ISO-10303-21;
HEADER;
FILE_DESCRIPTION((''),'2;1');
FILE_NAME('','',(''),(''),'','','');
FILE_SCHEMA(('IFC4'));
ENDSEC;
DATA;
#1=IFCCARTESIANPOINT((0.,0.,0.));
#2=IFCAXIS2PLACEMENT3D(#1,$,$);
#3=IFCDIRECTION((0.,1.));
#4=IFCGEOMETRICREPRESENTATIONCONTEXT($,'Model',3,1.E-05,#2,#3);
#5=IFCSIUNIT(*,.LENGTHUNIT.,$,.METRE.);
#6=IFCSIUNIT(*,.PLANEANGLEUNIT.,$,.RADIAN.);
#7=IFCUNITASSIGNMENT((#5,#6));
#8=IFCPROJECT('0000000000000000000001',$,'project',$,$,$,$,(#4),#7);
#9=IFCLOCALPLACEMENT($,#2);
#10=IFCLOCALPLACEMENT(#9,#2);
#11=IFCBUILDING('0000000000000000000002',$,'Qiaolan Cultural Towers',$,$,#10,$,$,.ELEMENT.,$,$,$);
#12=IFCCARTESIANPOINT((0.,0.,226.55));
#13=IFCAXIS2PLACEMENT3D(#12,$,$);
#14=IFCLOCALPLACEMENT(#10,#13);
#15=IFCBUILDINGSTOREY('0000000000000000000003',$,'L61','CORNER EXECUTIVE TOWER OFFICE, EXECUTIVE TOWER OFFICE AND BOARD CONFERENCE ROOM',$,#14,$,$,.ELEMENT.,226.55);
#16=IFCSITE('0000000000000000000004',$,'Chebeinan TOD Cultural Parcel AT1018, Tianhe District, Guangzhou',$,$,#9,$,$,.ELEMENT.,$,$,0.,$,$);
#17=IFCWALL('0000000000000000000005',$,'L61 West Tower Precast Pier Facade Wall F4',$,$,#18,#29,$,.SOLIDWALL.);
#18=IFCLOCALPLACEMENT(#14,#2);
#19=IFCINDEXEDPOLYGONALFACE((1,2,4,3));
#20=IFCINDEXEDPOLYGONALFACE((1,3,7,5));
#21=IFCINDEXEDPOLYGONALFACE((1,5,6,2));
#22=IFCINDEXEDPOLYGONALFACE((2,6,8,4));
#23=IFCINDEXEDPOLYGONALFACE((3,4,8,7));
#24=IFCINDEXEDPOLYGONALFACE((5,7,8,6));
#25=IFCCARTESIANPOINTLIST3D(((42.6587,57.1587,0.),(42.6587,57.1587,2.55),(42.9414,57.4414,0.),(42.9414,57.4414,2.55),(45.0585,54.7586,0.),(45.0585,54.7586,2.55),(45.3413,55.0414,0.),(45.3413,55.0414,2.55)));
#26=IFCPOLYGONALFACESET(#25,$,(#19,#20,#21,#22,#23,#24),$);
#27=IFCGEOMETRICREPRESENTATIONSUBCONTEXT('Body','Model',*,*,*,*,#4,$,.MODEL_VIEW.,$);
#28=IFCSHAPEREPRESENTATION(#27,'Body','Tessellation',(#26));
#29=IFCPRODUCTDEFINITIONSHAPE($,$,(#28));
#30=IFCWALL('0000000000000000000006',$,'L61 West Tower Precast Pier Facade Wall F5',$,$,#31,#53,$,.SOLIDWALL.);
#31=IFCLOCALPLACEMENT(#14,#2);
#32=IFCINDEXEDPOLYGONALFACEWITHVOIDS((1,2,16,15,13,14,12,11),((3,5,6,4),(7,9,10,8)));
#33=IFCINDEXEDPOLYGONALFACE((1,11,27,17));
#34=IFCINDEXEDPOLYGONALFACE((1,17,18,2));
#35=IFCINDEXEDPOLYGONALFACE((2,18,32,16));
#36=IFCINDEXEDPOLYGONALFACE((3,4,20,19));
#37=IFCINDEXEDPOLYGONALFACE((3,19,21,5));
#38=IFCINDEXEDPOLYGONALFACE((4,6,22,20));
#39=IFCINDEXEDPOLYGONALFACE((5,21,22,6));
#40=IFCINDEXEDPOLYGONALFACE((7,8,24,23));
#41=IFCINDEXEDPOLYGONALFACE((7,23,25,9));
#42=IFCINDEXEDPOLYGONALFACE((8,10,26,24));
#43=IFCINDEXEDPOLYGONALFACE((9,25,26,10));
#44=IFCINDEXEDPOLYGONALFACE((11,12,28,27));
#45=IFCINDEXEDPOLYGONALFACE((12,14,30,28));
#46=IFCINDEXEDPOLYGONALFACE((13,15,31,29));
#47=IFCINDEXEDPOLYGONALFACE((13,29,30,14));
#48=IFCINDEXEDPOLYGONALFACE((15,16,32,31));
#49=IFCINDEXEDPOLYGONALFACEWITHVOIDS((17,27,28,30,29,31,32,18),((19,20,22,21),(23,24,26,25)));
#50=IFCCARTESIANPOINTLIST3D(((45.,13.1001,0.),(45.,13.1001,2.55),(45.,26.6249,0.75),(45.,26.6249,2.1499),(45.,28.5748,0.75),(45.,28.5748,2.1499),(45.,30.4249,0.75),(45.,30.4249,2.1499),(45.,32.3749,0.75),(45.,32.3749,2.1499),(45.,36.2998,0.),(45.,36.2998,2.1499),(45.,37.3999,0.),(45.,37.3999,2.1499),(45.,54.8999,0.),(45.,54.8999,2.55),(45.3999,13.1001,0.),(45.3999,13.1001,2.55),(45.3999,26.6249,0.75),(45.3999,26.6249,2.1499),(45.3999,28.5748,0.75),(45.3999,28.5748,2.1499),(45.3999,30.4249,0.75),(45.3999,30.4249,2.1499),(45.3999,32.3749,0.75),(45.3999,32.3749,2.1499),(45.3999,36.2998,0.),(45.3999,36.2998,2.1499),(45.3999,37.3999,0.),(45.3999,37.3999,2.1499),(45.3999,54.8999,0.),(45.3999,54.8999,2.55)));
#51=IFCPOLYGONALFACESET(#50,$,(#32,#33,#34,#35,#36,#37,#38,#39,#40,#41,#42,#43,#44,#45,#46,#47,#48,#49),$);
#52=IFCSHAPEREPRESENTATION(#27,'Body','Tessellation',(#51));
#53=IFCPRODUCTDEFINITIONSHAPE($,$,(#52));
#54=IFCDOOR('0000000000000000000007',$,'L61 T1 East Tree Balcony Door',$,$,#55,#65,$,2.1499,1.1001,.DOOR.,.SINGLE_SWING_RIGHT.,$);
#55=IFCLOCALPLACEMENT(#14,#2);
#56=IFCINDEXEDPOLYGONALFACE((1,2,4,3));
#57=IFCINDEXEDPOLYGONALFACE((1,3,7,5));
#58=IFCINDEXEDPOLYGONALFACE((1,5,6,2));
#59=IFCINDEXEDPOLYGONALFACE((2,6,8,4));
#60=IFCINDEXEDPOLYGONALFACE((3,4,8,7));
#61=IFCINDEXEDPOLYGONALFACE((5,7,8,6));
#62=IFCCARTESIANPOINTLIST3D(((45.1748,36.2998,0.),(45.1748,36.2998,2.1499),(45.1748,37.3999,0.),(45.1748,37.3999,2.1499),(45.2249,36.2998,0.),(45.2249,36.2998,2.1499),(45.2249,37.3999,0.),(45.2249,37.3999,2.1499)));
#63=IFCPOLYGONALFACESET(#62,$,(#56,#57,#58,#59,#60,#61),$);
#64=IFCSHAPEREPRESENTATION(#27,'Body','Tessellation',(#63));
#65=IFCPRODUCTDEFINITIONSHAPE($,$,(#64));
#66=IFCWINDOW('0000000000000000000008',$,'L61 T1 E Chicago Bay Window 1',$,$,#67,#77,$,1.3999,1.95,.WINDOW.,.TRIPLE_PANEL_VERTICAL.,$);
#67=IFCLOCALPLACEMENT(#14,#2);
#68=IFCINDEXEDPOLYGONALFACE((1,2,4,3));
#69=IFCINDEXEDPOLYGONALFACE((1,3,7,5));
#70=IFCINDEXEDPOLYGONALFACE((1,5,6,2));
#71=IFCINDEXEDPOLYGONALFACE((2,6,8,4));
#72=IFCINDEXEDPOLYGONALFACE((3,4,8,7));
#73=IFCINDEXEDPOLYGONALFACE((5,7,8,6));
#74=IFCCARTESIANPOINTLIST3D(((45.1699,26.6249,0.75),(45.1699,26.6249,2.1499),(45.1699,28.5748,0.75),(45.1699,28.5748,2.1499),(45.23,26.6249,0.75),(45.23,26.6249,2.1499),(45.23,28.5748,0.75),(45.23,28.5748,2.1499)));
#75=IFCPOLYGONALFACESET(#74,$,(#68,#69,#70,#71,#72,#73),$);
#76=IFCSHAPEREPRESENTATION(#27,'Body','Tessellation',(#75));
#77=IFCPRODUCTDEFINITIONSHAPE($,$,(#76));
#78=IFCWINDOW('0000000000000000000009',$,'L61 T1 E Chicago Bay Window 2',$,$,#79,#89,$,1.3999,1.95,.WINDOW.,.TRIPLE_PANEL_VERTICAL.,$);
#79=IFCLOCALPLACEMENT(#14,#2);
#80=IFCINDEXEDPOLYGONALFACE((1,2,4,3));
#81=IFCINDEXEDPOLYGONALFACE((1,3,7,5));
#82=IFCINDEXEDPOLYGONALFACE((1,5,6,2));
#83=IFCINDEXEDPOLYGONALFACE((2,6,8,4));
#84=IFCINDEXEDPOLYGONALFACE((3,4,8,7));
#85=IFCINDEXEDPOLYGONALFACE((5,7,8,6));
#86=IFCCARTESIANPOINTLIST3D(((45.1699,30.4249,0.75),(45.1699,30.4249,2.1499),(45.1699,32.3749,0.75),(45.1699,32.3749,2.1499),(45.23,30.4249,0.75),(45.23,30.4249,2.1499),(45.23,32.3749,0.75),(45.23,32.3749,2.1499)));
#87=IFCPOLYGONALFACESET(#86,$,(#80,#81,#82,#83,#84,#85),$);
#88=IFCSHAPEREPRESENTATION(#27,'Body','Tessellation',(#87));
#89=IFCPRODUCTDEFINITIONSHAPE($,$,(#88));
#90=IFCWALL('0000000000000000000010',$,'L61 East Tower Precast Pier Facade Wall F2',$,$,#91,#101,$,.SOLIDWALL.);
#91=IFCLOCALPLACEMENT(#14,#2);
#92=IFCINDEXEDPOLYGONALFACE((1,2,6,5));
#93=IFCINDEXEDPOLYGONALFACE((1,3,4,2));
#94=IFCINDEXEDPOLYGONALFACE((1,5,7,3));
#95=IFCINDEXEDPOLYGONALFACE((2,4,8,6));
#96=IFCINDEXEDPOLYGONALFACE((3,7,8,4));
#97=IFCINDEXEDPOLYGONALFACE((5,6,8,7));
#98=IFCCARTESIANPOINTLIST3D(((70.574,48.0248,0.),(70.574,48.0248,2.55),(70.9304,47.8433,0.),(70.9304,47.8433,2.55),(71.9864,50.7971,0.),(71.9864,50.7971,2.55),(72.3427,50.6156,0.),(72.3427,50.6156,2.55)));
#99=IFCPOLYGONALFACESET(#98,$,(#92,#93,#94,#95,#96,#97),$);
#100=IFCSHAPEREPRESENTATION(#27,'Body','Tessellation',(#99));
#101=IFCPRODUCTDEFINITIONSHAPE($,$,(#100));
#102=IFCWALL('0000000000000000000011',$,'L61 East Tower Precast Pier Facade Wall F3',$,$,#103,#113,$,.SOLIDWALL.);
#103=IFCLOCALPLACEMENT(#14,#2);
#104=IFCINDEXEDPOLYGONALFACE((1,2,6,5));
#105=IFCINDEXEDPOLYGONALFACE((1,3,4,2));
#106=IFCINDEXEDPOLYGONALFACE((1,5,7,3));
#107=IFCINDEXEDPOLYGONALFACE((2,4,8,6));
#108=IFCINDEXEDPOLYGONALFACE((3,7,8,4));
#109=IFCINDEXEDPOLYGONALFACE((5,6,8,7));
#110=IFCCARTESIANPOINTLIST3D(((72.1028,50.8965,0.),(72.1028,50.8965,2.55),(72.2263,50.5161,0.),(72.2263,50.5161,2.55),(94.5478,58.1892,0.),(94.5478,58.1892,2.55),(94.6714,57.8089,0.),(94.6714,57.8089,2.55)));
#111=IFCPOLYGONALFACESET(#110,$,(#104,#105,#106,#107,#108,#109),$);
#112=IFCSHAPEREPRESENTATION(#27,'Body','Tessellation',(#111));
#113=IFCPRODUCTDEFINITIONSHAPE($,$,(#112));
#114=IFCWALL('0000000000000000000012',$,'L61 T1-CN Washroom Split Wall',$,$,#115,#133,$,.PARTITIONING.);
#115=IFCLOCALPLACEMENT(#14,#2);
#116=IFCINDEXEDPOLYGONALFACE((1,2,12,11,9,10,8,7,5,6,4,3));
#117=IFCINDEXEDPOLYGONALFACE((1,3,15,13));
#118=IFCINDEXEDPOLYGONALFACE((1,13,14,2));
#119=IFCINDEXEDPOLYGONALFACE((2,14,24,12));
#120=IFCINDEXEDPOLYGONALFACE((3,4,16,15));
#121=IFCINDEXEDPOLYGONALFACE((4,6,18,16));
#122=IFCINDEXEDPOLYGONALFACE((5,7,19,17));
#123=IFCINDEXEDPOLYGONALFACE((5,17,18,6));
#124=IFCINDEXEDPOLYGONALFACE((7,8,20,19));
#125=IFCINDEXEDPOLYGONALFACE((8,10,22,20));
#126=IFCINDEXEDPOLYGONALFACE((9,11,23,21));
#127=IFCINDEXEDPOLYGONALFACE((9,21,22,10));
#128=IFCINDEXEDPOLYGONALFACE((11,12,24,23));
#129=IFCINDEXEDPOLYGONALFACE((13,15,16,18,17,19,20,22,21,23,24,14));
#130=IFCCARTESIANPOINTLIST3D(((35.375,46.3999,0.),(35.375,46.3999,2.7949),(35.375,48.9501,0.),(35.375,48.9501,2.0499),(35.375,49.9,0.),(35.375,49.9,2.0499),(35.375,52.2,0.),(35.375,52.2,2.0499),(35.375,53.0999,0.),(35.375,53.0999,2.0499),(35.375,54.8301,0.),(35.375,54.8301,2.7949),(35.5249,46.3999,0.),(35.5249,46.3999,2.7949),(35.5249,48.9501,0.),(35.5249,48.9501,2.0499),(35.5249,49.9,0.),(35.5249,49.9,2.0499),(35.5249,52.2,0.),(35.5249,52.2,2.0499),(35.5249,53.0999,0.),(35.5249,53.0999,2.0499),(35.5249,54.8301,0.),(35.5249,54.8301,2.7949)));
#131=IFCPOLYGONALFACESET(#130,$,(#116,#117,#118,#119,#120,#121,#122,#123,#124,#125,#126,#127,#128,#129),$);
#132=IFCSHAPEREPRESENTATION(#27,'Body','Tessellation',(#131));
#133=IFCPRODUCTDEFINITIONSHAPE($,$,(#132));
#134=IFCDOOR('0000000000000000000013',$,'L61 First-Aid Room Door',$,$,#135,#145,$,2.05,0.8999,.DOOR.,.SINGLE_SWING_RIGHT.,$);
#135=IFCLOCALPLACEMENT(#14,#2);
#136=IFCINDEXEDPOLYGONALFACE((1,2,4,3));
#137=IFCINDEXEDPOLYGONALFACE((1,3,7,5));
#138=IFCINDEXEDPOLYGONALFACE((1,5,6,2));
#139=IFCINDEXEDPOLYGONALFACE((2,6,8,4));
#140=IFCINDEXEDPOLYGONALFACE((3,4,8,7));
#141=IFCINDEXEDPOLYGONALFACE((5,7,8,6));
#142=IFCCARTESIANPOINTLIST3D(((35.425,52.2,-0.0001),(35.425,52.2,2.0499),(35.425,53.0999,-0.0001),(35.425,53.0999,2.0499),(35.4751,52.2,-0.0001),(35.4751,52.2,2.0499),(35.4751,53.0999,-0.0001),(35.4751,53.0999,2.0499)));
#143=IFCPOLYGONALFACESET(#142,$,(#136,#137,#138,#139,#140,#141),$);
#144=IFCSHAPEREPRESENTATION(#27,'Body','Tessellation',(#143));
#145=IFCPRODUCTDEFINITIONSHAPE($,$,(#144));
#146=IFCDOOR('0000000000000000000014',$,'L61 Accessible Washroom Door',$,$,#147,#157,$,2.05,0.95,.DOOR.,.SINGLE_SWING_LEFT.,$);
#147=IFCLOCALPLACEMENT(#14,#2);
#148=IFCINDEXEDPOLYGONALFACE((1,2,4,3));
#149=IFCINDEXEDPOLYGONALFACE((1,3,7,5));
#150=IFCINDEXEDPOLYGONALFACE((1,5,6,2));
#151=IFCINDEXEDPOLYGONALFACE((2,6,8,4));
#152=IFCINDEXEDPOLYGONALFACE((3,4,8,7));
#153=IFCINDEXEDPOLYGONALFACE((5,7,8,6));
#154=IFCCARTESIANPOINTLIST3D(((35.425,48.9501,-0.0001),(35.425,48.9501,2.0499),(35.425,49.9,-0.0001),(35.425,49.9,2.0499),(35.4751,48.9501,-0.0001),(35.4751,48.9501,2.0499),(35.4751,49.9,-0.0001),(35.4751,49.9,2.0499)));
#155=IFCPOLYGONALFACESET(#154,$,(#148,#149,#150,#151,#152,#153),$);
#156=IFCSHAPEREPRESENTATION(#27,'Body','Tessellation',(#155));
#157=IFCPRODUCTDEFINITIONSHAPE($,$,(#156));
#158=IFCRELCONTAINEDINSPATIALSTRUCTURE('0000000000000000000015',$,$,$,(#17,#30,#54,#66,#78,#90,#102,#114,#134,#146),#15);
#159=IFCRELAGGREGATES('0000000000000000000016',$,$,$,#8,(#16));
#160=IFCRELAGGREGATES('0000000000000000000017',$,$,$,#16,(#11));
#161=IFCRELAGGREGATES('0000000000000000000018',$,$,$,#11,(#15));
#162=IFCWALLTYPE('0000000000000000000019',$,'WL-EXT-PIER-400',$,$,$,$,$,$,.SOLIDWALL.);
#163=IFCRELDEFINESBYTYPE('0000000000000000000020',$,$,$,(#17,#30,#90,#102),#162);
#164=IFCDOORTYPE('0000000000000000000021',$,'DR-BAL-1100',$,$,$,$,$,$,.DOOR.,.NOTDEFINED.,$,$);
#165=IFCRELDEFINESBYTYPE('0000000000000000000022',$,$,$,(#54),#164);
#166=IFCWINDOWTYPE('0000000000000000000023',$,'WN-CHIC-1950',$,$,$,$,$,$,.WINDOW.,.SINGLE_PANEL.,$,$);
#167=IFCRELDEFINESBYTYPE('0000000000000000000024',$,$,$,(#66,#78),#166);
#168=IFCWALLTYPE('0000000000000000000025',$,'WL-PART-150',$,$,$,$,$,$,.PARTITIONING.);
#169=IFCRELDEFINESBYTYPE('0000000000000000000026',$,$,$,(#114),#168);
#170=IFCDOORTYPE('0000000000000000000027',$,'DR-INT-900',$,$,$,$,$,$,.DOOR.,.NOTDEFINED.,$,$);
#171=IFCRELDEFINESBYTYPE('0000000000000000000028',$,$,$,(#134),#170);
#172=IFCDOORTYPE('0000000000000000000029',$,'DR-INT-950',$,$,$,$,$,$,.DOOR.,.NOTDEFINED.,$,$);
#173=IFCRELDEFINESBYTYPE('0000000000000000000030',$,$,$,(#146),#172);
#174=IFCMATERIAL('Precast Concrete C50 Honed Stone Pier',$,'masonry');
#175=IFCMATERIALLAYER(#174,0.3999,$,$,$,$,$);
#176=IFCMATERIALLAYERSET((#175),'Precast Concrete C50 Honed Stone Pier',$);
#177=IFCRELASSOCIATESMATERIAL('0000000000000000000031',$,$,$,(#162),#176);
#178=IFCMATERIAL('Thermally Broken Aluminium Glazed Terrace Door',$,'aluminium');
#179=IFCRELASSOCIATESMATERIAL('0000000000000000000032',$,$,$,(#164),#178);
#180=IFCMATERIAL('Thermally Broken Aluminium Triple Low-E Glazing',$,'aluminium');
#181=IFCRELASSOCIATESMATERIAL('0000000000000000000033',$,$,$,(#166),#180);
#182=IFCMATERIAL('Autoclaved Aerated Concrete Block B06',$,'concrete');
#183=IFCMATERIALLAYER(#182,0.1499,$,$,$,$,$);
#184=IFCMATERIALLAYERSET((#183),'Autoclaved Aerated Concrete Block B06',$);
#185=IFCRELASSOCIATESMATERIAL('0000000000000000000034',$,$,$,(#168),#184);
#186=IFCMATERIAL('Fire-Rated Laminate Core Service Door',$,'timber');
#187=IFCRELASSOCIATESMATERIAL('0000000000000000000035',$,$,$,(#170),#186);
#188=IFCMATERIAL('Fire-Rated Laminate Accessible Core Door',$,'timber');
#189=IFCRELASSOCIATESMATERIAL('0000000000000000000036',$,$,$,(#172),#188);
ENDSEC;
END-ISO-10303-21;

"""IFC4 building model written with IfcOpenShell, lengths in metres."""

from ifc_helpers import new_model, si_unit, direction, frame, frame_2d, origin, place, context, subcontext, project, spatial, rectangle, extrude, material, layer, layer_set, type_object, element, fill, save


model = new_model("IFC4")

# Units and contexts
model_context = context("Model", 3, precision=1e-05, world=origin(), true_north=direction((0.0, 1.0)))
body_context = subcontext(model_context, "Body", "Model", "MODEL_VIEW")
ifc_project = project(units=[si_unit("LENGTHUNIT", "METRE"), si_unit("PLANEANGLEUNIT", "RADIAN")], contexts=[model_context])

# Site, building, storey
site_placement = place(None, origin())
site = spatial("IfcSite", under=ifc_project, at=site_placement, Name="Chebeinan TOD Cultural Parcel AT1018, Tianhe District, Guangzhou", CompositionType="ELEMENT", RefElevation=0.0)
building_placement = place(site_placement, origin())
building = spatial("IfcBuilding", under=site, at=building_placement, Name="Qiaolan Cultural Towers", CompositionType="ELEMENT")
storey_placement = place(building_placement, frame((0.0, 0.0, 226.55)))
storey = spatial("IfcBuildingStorey", under=building, at=storey_placement, Name="L61", Description="CORNER EXECUTIVE TOWER OFFICE, EXECUTIVE TOWER OFFICE AND BOARD CONFERENCE ROOM", CompositionType="ELEMENT", Elevation=226.55)

# Wall
ifc_material_1 = material(Name="Precast Concrete C50 Honed Stone Pier", Category="masonry")
ifc_layer_1 = layer(ifc_material_1, 0.3999)
ifc_layer_set_1 = layer_set([ifc_layer_1], Name="Precast Concrete C50 Honed Stone Pier")
wall_type_1 = type_object("IfcWallType", Name="WL-EXT-PIER-400", PredefinedType="SOLIDWALL", material=ifc_layer_set_1)
wall_1_placement = place(storey_placement, frame((42.8, 57.3, 0.0), z_axis=(0.0, 0.0, 1.0), x_axis=(0.707071, -0.707143, 0.0)))
element("IfcWall", 1, at=wall_1_placement, inside=storey, type_object=wall_type_1, Name="L61 West Tower Precast Pier Facade Wall F4", PredefinedType="SOLIDWALL", context=body_context, shape_type="SweptSolid", body=[
    extrude(rectangle(XDim=3.394, YDim=0.3999, at=frame_2d((1.697, 0.0))), origin(), (0.0, 0.0, 1.0), 2.55),
])

# Wall, openings, door, windows
wall_2_placement = place(storey_placement, frame((45.2, 54.8999, 0.0), z_axis=(0.0, 0.0, 1.0), x_axis=(0.0, -1.0, 0.0)))
wall_2 = element("IfcWall", 2, at=wall_2_placement, inside=storey, type_object=wall_type_1, Name="L61 West Tower Precast Pier Facade Wall F5", PredefinedType="SOLIDWALL", context=body_context, shape_type="SweptSolid", body=[
    extrude(rectangle(XDim=41.7998, YDim=0.3999, at=frame_2d((20.8999, 0.0))), origin(), (0.0, 0.0, 1.0), 2.55),
])
opening_1_placement = place(wall_2_placement, frame((26.325, 0.0, 0.75)))
opening_1 = element("IfcOpeningElement", 3, at=opening_1_placement, cuts=wall_2, PredefinedType="OPENING", context=body_context, shape_type="SweptSolid", body=[
    extrude(rectangle(XDim=1.95, YDim=1.3999, at=frame_2d((0.9751, 0.7))), frame((0.0, 0.21, 0.0), z_axis=(0.0, -1.0, 0.0), x_axis=(1.0, 0.0, 0.0)), (0.0, 0.0, 1.0), 0.4199),
])
opening_2_placement = place(wall_2_placement, frame((22.5249, 0.0, 0.75)))
opening_2 = element("IfcOpeningElement", 4, at=opening_2_placement, cuts=wall_2, PredefinedType="OPENING", context=body_context, shape_type="SweptSolid", body=[
    extrude(rectangle(XDim=1.95, YDim=1.3999, at=frame_2d((0.9751, 0.7))), frame((0.0, 0.21, 0.0), z_axis=(0.0, -1.0, 0.0), x_axis=(1.0, 0.0, 0.0)), (0.0, 0.0, 1.0), 0.4199),
])
opening_3_placement = place(wall_2_placement, frame((17.5, 0.0, 0.0)))
opening_3 = element("IfcOpeningElement", 5, at=opening_3_placement, cuts=wall_2, PredefinedType="OPENING", context=body_context, shape_type="SweptSolid", body=[
    extrude(rectangle(XDim=1.1001, YDim=2.1499, at=frame_2d((0.55, 1.075))), frame((0.0, 0.21, 0.0), z_axis=(0.0, -1.0, 0.0), x_axis=(1.0, 0.0, 0.0)), (0.0, 0.0, 1.0), 0.4199),
])
ifc_material_2 = material(Name="Thermally Broken Aluminium Glazed Terrace Door", Category="aluminium")
door_type_1 = type_object("IfcDoorType", Name="DR-BAL-1100", OperationType="NOTDEFINED", PredefinedType="DOOR", material=ifc_material_2)
door_1_placement = place(opening_3_placement, origin())
door_1 = element("IfcDoor", 6, at=door_1_placement, inside=storey, type_object=door_type_1, Name="L61 T1 East Tree Balcony Door", OperationType="SINGLE_SWING_RIGHT", OverallHeight=2.1499, OverallWidth=1.1001, PredefinedType="DOOR", context=body_context, shape_type="SweptSolid", body=[
    extrude(rectangle(XDim=1.1001, YDim=2.1499, at=frame_2d((0.55, 1.075))), frame((0.0, 0.0249, 0.0), z_axis=(0.0, -1.0, 0.0), x_axis=(1.0, 0.0, 0.0)), (0.0, 0.0, 1.0), 0.05),
])
fill(opening_3, door_1)
ifc_material_3 = material(Name="Thermally Broken Aluminium Triple Low-E Glazing", Category="aluminium")
window_type = type_object("IfcWindowType", Name="WN-CHIC-1950", PartitioningType="SINGLE_PANEL", PredefinedType="WINDOW", material=ifc_material_3)
window_1_placement = place(opening_1_placement, origin())
window_1 = element("IfcWindow", 7, at=window_1_placement, inside=storey, type_object=window_type, Name="L61 T1 E Chicago Bay Window 1", OverallHeight=1.3999, OverallWidth=1.95, PartitioningType="TRIPLE_PANEL_VERTICAL", PredefinedType="WINDOW", context=body_context, shape_type="SweptSolid", body=[
    extrude(rectangle(XDim=1.95, YDim=1.3999, at=frame_2d((0.9751, 0.7))), frame((0.0, 0.03, 0.0), z_axis=(0.0, -1.0, 0.0), x_axis=(1.0, 0.0, 0.0)), (0.0, 0.0, 1.0), 0.0601),
])
fill(opening_1, window_1)
window_2_placement = place(opening_2_placement, origin())
window_2 = element("IfcWindow", 8, at=window_2_placement, inside=storey, type_object=window_type, Name="L61 T1 E Chicago Bay Window 2", OverallHeight=1.3999, OverallWidth=1.95, PartitioningType="TRIPLE_PANEL_VERTICAL", PredefinedType="WINDOW", context=body_context, shape_type="SweptSolid", body=[
    extrude(rectangle(XDim=1.95, YDim=1.3999, at=frame_2d((0.9751, 0.7))), frame((0.0, 0.03, 0.0), z_axis=(0.0, -1.0, 0.0), x_axis=(1.0, 0.0, 0.0)), (0.0, 0.0, 1.0), 0.0601),
])
fill(opening_2, window_2)

# Walls
wall_3_placement = place(storey_placement, frame((70.7522, 47.9341, 0.0), z_axis=(0.0, 0.0, 1.0), x_axis=(0.453949, 0.891028, 0.0)))
element("IfcWall", 9, at=wall_3_placement, inside=storey, type_object=wall_type_1, Name="L61 East Tower Precast Pier Facade Wall F2", PredefinedType="SOLIDWALL", context=body_context, shape_type="SweptSolid", body=[
    extrude(rectangle(XDim=3.1113, YDim=0.3999, at=frame_2d((1.5557, 0.0))), origin(), (0.0, 0.0, 1.0), 2.55),
])
wall_4_placement = place(storey_placement, frame((72.1646, 50.7063, 0.0), z_axis=(0.0, 0.0, 1.0), x_axis=(0.951058, 0.309012, 0.0)))
element("IfcWall", 10, at=wall_4_placement, inside=storey, type_object=wall_type_1, Name="L61 East Tower Precast Pier Facade Wall F3", PredefinedType="SOLIDWALL", context=body_context, shape_type="SweptSolid", body=[
    extrude(rectangle(XDim=23.6001, YDim=0.3999, at=frame_2d((11.8, 0.0))), origin(), (0.0, 0.0, 1.0), 2.55),
])

# Wall, openings, doors
ifc_material_4 = material(Name="Autoclaved Aerated Concrete Block B06", Category="concrete")
ifc_layer_2 = layer(ifc_material_4, 0.1499)
ifc_layer_set_2 = layer_set([ifc_layer_2], Name="Autoclaved Aerated Concrete Block B06")
wall_type_2 = type_object("IfcWallType", Name="WL-PART-150", PredefinedType="PARTITIONING", material=ifc_layer_set_2)
wall_5_placement = place(storey_placement, frame((35.45, 46.3999, 0.0), z_axis=(0.0, 0.0, 1.0), x_axis=(0.0, 1.0, 0.0)))
wall_5 = element("IfcWall", 11, at=wall_5_placement, inside=storey, type_object=wall_type_2, Name="L61 T1-CN Washroom Split Wall", PredefinedType="PARTITIONING", context=body_context, shape_type="SweptSolid", body=[
    extrude(rectangle(XDim=8.4302, YDim=0.1499, at=frame_2d((4.2151, 0.0))), origin(), (0.0, 0.0, 1.0), 2.7949),
])
opening_4_placement = place(wall_5_placement, frame((2.55, 0.0, 0.0)))
opening_4 = element("IfcOpeningElement", 12, at=opening_4_placement, cuts=wall_5, PredefinedType="OPENING", context=body_context, shape_type="SweptSolid", body=[
    extrude(rectangle(XDim=0.95, YDim=2.05, at=frame_2d((0.4751, 1.0249))), frame((0.0, 0.085, 0.0), z_axis=(0.0, -1.0, 0.0), x_axis=(1.0, 0.0, 0.0)), (0.0, 0.0, 1.0), 0.1699),
])
opening_5_placement = place(wall_5_placement, frame((5.8, 0.0, 0.0)))
opening_5 = element("IfcOpeningElement", 13, at=opening_5_placement, cuts=wall_5, PredefinedType="OPENING", context=body_context, shape_type="SweptSolid", body=[
    extrude(rectangle(XDim=0.8999, YDim=2.05, at=frame_2d((0.45, 1.0249))), frame((0.0, 0.085, 0.0), z_axis=(0.0, -1.0, 0.0), x_axis=(1.0, 0.0, 0.0)), (0.0, 0.0, 1.0), 0.1699),
])
ifc_material_5 = material(Name="Fire-Rated Laminate Core Service Door", Category="timber")
door_type_2 = type_object("IfcDoorType", Name="DR-INT-900", OperationType="NOTDEFINED", PredefinedType="DOOR", material=ifc_material_5)
door_2_placement = place(opening_5_placement, origin())
door_2 = element("IfcDoor", 14, at=door_2_placement, inside=storey, type_object=door_type_2, Name="L61 First-Aid Room Door", OperationType="SINGLE_SWING_RIGHT", OverallHeight=2.05, OverallWidth=0.8999, PredefinedType="DOOR", context=body_context, shape_type="SweptSolid", body=[
    extrude(rectangle(XDim=0.8999, YDim=2.05, at=frame_2d((0.45, 1.0249))), frame((0.0, 0.0249, 0.0), z_axis=(0.0, -1.0, 0.0), x_axis=(1.0, 0.0, 0.0)), (0.0, 0.0, 1.0), 0.05),
])
fill(opening_5, door_2)
ifc_material_6 = material(Name="Fire-Rated Laminate Accessible Core Door", Category="timber")
door_type_3 = type_object("IfcDoorType", Name="DR-INT-950", OperationType="NOTDEFINED", PredefinedType="DOOR", material=ifc_material_6)
door_3_placement = place(opening_4_placement, origin())
door_3 = element("IfcDoor", 15, at=door_3_placement, inside=storey, type_object=door_type_3, Name="L61 Accessible Washroom Door", OperationType="SINGLE_SWING_LEFT", OverallHeight=2.05, OverallWidth=0.95, PredefinedType="DOOR", context=body_context, shape_type="SweptSolid", body=[
    extrude(rectangle(XDim=0.95, YDim=2.05, at=frame_2d((0.4751, 1.0249))), frame((0.0, 0.0249, 0.0), z_axis=(0.0, -1.0, 0.0), x_axis=(1.0, 0.0, 0.0)), (0.0, 0.0, 1.0), 0.05),
])
fill(opening_4, door_3)

save(model, "model.ifc")
